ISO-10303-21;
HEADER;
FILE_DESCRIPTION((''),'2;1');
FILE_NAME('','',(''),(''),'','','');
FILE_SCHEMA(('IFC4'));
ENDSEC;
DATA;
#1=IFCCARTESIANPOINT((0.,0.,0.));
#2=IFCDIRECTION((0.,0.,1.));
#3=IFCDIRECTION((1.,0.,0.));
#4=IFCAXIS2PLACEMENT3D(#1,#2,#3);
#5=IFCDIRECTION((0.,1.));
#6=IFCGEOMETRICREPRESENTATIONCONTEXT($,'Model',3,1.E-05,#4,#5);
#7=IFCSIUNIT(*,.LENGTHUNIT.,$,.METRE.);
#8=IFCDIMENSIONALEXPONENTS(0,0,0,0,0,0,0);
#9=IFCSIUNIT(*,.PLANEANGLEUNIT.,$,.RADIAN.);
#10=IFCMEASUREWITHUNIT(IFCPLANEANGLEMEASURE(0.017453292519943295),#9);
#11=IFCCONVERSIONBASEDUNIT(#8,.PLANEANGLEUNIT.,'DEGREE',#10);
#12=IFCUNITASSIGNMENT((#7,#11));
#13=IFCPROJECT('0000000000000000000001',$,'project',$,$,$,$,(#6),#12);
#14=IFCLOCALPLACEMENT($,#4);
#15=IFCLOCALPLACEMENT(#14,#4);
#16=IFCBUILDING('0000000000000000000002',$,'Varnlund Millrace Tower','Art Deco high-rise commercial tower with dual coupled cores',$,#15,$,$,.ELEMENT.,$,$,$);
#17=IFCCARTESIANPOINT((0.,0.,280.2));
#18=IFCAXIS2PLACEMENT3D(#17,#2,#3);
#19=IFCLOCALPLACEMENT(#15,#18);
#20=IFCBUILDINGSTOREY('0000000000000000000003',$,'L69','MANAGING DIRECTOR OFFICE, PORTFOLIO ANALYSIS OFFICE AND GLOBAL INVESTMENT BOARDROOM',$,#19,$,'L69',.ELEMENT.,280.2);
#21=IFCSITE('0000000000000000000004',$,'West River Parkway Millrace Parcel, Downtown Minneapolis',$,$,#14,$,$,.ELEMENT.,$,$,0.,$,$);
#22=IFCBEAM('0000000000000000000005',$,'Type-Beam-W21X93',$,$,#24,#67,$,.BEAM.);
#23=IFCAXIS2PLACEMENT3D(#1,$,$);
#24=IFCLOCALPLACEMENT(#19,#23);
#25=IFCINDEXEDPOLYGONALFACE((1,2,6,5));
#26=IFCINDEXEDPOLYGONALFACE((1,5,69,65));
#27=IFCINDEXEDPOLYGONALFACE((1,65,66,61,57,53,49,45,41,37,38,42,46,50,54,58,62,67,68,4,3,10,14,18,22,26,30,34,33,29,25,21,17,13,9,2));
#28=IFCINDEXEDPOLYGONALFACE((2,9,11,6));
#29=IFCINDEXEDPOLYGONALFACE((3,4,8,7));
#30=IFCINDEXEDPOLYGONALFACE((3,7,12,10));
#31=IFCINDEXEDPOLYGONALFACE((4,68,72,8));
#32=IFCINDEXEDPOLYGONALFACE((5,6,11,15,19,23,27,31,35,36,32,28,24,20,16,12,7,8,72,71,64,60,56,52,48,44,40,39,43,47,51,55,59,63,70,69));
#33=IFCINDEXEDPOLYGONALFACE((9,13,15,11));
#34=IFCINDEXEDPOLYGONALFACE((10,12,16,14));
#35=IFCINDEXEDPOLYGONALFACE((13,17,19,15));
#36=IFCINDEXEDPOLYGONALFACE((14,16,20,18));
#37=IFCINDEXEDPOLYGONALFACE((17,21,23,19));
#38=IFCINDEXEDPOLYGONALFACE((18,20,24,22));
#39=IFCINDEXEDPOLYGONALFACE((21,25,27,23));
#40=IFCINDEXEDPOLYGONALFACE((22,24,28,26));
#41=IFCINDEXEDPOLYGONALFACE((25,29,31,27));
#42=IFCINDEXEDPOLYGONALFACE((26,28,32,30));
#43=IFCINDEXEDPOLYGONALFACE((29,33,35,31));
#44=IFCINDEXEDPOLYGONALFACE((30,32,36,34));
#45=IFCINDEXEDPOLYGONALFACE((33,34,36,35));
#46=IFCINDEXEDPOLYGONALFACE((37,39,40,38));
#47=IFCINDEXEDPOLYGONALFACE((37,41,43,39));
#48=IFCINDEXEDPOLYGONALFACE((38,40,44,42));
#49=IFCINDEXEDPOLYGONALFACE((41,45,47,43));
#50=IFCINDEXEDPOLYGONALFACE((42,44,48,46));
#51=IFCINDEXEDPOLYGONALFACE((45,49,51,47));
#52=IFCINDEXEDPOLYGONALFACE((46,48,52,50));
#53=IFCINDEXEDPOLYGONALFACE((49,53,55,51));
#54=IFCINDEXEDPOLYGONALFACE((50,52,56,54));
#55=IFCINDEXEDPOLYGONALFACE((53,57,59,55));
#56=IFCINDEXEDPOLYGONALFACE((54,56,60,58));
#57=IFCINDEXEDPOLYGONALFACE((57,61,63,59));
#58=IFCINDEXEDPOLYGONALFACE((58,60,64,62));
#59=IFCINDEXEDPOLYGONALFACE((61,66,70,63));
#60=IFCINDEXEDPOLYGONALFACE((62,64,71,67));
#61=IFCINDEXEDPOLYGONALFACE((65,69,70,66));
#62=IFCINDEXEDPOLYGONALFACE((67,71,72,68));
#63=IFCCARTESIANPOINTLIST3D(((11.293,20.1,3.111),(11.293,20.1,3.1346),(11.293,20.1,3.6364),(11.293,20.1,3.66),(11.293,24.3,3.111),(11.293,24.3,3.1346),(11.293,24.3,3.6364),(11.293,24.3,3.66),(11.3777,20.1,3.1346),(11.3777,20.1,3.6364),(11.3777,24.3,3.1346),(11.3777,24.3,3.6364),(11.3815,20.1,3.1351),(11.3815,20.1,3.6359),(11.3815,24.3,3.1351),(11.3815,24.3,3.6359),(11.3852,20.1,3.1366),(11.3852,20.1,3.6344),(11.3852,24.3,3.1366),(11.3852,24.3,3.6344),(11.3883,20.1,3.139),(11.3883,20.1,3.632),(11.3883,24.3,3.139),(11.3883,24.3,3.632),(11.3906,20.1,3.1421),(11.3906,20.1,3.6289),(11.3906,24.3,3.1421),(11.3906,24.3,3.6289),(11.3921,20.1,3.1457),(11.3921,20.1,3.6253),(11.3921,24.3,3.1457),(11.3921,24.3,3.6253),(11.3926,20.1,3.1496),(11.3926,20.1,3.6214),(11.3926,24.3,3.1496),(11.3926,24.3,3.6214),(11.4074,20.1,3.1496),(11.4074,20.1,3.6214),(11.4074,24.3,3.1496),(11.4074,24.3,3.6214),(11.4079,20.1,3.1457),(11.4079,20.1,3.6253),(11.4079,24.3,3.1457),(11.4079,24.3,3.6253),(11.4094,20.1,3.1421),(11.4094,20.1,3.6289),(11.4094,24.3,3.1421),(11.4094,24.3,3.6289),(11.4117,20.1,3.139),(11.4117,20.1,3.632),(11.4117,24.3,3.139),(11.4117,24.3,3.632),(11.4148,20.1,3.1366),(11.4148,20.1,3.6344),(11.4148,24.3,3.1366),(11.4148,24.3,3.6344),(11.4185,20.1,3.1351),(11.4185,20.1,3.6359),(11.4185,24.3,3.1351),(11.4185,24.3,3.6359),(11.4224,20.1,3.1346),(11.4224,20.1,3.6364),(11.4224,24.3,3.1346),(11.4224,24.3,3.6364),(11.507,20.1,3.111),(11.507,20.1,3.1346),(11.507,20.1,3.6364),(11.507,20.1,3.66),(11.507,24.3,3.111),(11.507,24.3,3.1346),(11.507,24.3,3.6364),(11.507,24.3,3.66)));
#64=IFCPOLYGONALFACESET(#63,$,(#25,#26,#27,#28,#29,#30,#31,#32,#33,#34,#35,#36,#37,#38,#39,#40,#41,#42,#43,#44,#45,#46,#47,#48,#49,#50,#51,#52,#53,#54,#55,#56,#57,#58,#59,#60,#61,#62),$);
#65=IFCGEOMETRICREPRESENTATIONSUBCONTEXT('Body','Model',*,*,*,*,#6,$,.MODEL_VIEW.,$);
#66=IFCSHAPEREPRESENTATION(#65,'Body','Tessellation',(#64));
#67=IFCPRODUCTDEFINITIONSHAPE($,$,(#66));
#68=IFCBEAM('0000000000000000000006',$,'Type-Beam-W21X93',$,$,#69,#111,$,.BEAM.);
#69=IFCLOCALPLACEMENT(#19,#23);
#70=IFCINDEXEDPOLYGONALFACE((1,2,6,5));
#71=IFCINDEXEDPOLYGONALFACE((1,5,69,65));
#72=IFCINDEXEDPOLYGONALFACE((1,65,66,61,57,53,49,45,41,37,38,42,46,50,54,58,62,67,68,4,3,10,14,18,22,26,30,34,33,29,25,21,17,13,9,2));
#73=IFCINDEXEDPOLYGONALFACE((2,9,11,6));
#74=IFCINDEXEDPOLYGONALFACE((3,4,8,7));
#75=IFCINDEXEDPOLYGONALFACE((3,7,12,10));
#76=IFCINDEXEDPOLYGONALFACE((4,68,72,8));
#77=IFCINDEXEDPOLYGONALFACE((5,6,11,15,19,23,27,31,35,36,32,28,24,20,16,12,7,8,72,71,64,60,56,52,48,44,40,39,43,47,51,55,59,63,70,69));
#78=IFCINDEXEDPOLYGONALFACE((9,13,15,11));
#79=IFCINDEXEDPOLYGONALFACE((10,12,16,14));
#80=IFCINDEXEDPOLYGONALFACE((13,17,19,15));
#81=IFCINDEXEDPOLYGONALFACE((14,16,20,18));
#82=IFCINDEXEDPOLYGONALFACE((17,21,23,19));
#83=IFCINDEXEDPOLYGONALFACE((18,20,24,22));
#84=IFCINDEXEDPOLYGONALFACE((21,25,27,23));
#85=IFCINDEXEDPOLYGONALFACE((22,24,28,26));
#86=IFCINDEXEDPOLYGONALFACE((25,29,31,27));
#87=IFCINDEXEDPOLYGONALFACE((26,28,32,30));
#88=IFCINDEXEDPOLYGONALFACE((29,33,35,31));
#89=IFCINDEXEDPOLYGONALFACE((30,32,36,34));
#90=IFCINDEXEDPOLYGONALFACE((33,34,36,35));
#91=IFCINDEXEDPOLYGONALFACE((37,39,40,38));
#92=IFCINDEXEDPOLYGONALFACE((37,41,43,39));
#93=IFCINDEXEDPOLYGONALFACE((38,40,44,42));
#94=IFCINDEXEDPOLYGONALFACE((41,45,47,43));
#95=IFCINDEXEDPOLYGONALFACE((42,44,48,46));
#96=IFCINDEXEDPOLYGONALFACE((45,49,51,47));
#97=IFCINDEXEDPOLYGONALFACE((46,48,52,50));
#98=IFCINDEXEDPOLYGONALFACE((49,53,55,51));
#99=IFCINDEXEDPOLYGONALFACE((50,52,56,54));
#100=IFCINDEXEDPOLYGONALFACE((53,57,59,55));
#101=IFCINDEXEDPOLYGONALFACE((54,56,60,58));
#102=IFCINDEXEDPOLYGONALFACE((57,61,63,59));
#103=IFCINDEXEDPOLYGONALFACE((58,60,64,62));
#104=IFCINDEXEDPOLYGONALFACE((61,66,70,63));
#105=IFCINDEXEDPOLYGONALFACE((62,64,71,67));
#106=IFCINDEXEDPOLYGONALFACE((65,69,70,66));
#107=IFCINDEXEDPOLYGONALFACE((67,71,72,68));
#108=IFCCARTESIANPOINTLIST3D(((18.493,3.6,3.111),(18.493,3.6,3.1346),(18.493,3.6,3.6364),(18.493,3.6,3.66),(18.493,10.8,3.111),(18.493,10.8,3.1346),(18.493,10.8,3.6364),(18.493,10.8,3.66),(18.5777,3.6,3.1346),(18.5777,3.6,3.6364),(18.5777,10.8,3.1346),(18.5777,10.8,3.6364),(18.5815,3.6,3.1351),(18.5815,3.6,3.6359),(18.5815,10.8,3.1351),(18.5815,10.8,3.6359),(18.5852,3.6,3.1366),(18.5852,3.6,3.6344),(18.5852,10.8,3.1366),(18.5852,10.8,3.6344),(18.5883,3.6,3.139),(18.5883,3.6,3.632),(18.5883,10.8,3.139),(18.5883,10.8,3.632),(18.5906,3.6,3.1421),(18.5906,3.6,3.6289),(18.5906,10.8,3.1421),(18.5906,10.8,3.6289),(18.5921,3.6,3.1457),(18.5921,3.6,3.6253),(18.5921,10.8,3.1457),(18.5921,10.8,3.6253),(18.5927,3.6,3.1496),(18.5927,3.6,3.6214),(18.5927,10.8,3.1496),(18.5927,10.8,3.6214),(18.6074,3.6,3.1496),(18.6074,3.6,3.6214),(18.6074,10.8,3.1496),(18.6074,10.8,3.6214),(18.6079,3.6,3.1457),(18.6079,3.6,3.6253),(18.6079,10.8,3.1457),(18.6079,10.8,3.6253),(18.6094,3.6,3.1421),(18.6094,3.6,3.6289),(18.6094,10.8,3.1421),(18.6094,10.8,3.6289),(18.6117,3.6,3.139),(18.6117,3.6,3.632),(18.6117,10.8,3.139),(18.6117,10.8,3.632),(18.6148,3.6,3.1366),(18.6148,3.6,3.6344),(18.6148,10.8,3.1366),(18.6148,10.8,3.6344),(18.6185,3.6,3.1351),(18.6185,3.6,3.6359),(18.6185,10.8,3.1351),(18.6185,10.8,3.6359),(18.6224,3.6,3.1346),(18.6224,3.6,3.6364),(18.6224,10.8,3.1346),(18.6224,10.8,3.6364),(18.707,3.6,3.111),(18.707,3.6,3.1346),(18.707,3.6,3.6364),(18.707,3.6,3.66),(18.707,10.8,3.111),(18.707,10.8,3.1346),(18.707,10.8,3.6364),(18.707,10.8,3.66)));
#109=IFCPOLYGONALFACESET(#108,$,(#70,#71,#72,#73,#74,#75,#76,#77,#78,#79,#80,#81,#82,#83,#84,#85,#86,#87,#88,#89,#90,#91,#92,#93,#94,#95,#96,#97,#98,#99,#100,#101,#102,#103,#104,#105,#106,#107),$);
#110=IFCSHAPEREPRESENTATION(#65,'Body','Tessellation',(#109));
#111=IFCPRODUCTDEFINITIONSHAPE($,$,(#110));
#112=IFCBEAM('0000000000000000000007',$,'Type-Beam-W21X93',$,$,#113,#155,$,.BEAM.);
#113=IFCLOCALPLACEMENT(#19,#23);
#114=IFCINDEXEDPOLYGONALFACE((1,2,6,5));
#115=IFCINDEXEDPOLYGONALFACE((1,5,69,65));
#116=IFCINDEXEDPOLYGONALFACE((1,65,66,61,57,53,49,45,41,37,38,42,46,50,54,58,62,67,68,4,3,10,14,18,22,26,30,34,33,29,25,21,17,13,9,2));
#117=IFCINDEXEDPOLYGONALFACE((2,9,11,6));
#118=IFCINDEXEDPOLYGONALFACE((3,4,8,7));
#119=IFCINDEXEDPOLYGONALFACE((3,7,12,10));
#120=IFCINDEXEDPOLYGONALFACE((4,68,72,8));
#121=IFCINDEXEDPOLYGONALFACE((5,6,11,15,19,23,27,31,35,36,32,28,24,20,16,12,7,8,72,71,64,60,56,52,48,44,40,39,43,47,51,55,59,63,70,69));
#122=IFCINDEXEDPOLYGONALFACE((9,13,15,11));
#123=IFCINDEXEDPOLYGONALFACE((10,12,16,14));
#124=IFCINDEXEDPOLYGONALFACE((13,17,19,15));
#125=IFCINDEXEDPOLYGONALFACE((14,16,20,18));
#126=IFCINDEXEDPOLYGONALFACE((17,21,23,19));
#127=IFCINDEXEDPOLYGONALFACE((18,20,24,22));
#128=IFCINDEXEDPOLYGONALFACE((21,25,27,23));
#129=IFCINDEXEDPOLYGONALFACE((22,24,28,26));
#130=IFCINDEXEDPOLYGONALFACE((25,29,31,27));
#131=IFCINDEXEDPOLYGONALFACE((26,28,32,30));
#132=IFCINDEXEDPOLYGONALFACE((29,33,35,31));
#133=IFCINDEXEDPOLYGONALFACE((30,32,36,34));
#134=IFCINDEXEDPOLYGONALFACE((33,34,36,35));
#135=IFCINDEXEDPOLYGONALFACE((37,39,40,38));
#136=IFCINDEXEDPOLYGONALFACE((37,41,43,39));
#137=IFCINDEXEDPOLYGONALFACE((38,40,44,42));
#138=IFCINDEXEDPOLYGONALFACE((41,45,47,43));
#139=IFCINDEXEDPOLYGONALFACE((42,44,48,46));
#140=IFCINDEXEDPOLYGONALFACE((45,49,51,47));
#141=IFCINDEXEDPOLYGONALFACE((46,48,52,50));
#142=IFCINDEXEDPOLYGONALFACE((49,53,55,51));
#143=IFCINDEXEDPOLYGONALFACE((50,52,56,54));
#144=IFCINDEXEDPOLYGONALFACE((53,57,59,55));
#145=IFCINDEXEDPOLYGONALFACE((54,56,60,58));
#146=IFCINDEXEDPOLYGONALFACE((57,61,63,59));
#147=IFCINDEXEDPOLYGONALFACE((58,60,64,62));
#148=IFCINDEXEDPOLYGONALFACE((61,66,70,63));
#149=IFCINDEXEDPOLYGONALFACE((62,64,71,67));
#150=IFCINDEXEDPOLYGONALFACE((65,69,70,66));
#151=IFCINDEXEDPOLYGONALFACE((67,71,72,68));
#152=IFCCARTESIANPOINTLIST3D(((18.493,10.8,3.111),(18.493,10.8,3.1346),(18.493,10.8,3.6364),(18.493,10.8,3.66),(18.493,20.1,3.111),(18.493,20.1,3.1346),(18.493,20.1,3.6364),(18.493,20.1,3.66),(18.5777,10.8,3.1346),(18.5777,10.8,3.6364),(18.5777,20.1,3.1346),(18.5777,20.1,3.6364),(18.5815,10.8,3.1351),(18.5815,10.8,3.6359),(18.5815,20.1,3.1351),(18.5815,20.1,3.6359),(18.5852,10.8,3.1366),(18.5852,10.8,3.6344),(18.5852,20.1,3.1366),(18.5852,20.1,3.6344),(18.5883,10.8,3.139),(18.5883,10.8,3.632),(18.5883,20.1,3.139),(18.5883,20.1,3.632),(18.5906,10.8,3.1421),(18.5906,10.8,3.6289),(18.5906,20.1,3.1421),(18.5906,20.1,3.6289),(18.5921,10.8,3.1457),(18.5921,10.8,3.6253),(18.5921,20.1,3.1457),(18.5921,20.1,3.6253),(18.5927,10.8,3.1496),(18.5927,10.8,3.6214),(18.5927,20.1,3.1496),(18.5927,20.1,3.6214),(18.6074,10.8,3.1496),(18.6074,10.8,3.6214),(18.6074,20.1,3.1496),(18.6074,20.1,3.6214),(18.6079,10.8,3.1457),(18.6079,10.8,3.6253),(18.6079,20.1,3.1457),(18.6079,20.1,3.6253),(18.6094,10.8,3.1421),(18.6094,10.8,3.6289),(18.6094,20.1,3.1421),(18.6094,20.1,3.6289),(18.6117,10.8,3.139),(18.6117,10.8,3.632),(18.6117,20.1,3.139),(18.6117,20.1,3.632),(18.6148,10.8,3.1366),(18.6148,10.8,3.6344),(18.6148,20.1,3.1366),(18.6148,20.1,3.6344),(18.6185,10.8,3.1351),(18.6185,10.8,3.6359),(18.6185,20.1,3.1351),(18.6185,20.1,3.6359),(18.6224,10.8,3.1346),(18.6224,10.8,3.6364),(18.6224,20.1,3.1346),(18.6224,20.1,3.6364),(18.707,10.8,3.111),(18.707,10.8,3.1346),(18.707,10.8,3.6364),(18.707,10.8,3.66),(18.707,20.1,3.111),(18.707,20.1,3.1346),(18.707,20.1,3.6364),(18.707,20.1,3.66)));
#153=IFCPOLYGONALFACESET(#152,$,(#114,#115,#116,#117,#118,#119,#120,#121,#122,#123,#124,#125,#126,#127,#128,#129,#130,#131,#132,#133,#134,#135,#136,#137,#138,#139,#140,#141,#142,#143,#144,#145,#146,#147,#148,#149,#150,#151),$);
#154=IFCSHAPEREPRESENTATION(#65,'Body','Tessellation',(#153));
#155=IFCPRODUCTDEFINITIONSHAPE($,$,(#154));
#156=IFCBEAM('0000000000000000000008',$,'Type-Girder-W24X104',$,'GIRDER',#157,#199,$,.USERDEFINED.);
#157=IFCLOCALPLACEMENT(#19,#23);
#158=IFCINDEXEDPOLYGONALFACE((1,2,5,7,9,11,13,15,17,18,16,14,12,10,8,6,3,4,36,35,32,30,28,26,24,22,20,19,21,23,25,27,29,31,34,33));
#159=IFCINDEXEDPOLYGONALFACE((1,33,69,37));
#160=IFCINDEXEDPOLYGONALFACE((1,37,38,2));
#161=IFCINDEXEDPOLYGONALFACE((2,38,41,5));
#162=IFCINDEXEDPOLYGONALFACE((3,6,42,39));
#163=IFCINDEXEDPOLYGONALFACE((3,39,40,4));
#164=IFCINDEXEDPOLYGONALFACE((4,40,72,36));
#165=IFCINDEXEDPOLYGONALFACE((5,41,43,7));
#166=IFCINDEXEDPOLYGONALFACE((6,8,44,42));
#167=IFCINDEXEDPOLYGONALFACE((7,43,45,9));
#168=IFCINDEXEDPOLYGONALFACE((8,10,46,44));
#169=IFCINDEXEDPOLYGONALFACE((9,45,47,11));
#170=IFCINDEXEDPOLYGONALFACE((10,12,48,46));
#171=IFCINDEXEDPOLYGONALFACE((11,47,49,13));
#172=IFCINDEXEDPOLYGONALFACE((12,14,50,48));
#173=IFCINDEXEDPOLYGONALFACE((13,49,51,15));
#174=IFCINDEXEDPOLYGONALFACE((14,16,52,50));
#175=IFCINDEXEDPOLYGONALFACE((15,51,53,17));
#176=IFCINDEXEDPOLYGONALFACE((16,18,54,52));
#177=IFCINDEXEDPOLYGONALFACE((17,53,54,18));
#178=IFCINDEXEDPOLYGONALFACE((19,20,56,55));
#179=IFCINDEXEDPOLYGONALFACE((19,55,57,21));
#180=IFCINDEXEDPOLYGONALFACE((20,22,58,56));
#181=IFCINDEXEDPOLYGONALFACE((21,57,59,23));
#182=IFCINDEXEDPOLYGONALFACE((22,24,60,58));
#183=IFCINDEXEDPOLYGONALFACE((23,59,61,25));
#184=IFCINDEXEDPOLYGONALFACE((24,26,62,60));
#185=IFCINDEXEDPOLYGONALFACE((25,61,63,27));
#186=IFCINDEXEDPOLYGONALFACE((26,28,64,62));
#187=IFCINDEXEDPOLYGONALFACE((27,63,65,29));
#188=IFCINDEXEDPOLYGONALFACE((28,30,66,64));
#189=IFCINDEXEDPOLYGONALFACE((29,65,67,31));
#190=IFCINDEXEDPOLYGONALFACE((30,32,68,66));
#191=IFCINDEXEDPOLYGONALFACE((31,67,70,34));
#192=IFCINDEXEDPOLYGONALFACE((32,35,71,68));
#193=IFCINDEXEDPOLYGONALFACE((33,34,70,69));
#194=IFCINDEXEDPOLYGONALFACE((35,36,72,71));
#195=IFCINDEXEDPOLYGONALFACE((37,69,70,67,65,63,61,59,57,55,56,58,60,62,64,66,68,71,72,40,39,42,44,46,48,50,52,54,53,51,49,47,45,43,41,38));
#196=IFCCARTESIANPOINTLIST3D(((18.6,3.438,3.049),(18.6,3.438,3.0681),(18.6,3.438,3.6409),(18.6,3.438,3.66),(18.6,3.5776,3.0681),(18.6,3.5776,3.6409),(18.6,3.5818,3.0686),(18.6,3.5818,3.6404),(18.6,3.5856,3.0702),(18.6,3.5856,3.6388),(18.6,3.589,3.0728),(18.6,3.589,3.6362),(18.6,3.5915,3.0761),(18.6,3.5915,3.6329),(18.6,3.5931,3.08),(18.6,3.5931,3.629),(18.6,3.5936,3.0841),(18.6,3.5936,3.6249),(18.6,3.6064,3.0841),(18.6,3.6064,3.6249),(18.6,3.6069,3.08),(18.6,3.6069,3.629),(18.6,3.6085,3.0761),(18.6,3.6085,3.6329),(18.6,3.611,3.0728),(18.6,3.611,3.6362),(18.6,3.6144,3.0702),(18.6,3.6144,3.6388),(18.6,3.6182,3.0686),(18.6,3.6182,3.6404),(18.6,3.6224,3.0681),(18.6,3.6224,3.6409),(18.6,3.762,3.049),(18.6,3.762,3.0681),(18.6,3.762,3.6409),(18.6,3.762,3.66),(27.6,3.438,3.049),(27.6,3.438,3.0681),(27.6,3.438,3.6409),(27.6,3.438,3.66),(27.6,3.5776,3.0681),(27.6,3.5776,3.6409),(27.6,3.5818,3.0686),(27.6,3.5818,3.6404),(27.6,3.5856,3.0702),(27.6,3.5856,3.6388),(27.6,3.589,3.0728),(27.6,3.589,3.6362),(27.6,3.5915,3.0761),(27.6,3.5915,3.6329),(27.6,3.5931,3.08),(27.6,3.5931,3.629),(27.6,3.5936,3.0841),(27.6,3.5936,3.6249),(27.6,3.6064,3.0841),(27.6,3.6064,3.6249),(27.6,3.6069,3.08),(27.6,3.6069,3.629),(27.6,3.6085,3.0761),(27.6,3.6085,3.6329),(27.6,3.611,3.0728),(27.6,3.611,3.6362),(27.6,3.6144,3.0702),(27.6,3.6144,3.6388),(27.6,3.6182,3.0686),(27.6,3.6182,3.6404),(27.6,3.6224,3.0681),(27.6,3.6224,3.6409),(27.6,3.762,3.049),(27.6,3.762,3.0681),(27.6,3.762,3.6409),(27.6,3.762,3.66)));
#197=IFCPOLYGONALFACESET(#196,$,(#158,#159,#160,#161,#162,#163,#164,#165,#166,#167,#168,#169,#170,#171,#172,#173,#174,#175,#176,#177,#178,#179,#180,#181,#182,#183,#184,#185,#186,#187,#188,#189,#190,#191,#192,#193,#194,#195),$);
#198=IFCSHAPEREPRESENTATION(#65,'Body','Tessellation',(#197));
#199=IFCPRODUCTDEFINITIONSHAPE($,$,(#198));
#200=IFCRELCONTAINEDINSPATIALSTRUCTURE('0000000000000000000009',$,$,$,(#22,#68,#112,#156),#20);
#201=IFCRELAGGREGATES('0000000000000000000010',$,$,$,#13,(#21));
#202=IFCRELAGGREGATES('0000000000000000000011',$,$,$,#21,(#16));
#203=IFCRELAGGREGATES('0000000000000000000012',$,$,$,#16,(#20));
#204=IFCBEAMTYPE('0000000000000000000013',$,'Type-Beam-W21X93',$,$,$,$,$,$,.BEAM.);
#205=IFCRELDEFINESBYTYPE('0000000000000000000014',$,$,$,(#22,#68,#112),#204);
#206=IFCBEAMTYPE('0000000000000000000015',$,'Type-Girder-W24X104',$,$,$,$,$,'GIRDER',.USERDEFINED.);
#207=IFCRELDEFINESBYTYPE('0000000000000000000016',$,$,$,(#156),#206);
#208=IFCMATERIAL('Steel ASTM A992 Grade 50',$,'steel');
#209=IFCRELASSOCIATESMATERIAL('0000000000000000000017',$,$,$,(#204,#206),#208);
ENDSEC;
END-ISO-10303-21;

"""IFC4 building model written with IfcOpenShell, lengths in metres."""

from ifc_helpers import new_model, entity, si_unit, converted_unit, direction, frame, origin_with_axes, origin_2d_with_axis, place, context, subcontext, project, spatial, i_section, extrude, material, material_profile, profile_set, type_object, element, save


model = new_model("IFC4")

# Units and contexts
model_context = context("Model", 3, precision=1e-05, world=origin_with_axes(), true_north=direction((0.0, 1.0)))
body_context = subcontext(model_context, "Body", "Model", "MODEL_VIEW")
ifc_project = project(units=[si_unit("LENGTHUNIT", "METRE"), converted_unit("PLANEANGLEUNIT", "DEGREE", entity("IfcPlaneAngleMeasure", 0.017453292519943295), si_unit("PLANEANGLEUNIT", "RADIAN"), dimensions=[0, 0, 0, 0, 0, 0, 0])], contexts=[model_context])

# Site, building, storey
site_placement = place(None, origin_with_axes())
site = spatial("IfcSite", under=ifc_project, at=site_placement, Name="West River Parkway Millrace Parcel, Downtown Minneapolis", CompositionType="ELEMENT", RefElevation=0.0)
building_placement = place(site_placement, origin_with_axes())
building = spatial("IfcBuilding", under=site, at=building_placement, Name="Varnlund Millrace Tower", Description="Art Deco high-rise commercial tower with dual coupled cores", CompositionType="ELEMENT")
storey_placement = place(building_placement, frame((0.0, 0.0, 280.2), z_axis=(0.0, 0.0, 1.0), x_axis=(1.0, 0.0, 0.0)))
storey = spatial("IfcBuildingStorey", under=building, at=storey_placement, Name="L69", Description="MANAGING DIRECTOR OFFICE, PORTFOLIO ANALYSIS OFFICE AND GLOBAL INVESTMENT BOARDROOM", LongName="L69", CompositionType="ELEMENT", Elevation=280.2)

# Beams
ifc_material_1 = material(Name="Steel ASTM A992 Grade 50", Category="steel")
ifc_material_profile_1 = material_profile(ifc_material_1, i_section(OverallWidth=0.214, OverallDepth=0.549, WebThickness=0.0147, FlangeThickness=0.0236, FilletRadius=0.015, at=origin_2d_with_axis()), Name="Steel ASTM A992 Grade 50")
ifc_profile_set_1 = profile_set([ifc_material_profile_1], Name="Steel ASTM A992 Grade 50")
beam_type_1 = type_object("IfcBeamType", Name="Type-Beam-W21X93", PredefinedType="BEAM", material=ifc_profile_set_1)
beam_1_placement = place(storey_placement, frame((11.4, 20.1, 3.3855), z_axis=(0.0, 1.0, 0.0), x_axis=(-1.0, 0.0, 0.0)))
element("IfcBeam", 1, at=beam_1_placement, inside=storey, type_object=beam_type_1, Name="Type-Beam-W21X93", PredefinedType="BEAM", context=body_context, shape_type="SweptSolid", body=[
    extrude(i_section(OverallWidth=0.214, OverallDepth=0.549, WebThickness=0.0147, FlangeThickness=0.0236, FilletRadius=0.015, at=origin_2d_with_axis()), origin_with_axes(), (0.0, 0.0, 1.0), 4.2),
])
beam_2_placement = place(storey_placement, frame((18.6, 3.6, 3.3855), z_axis=(0.0, 1.0, 0.0), x_axis=(-1.0, 0.0, 0.0)))
element("IfcBeam", 2, at=beam_2_placement, inside=storey, type_object=beam_type_1, Name="Type-Beam-W21X93", PredefinedType="BEAM", context=body_context, shape_type="SweptSolid", body=[
    extrude(i_section(OverallWidth=0.214, OverallDepth=0.549, WebThickness=0.0147, FlangeThickness=0.0236, FilletRadius=0.015, at=origin_2d_with_axis()), origin_with_axes(), (0.0, 0.0, 1.0), 7.2),
])
beam_3_placement = place(storey_placement, frame((18.6, 10.8, 3.3855), z_axis=(0.0, 1.0, 0.0), x_axis=(-1.0, 0.0, 0.0)))
element("IfcBeam", 3, at=beam_3_placement, inside=storey, type_object=beam_type_1, Name="Type-Beam-W21X93", PredefinedType="BEAM", context=body_context, shape_type="SweptSolid", body=[
    extrude(i_section(OverallWidth=0.214, OverallDepth=0.549, WebThickness=0.0147, FlangeThickness=0.0236, FilletRadius=0.015, at=origin_2d_with_axis()), origin_with_axes(), (0.0, 0.0, 1.0), 9.3),
])
ifc_material_profile_2 = material_profile(ifc_material_1, i_section(OverallWidth=0.324, OverallDepth=0.611, WebThickness=0.0127, FlangeThickness=0.0191, FilletRadius=0.016, at=origin_2d_with_axis()), Name="Steel ASTM A992 Grade 50")
ifc_profile_set_2 = profile_set([ifc_material_profile_2], Name="Steel ASTM A992 Grade 50")
beam_type_2 = type_object("IfcBeamType", Name="Type-Girder-W24X104", ElementType="GIRDER", PredefinedType="USERDEFINED", material=ifc_profile_set_2)
for number, where, z_axis, x_axis, name in (
    (4, (18.6, 3.6, 3.3545), (1.0, 0.0, 0.0), (0.0, 1.0, 0.0), "Type-Girder-W24X104"),
):
    element("IfcBeam", number, at=place(storey_placement, frame(where, z_axis=z_axis, x_axis=x_axis)), inside=storey, type_object=beam_type_2, Name=name, ObjectType="GIRDER", PredefinedType="USERDEFINED", context=body_context, shape_type="SweptSolid", body=[
        extrude(i_section(OverallWidth=0.324, OverallDepth=0.611, WebThickness=0.0127, FlangeThickness=0.0191, FilletRadius=0.016, at=origin_2d_with_axis()), origin_with_axes(), (0.0, 0.0, 1.0), 9.0),
    ])

save(model, "model.ifc")
